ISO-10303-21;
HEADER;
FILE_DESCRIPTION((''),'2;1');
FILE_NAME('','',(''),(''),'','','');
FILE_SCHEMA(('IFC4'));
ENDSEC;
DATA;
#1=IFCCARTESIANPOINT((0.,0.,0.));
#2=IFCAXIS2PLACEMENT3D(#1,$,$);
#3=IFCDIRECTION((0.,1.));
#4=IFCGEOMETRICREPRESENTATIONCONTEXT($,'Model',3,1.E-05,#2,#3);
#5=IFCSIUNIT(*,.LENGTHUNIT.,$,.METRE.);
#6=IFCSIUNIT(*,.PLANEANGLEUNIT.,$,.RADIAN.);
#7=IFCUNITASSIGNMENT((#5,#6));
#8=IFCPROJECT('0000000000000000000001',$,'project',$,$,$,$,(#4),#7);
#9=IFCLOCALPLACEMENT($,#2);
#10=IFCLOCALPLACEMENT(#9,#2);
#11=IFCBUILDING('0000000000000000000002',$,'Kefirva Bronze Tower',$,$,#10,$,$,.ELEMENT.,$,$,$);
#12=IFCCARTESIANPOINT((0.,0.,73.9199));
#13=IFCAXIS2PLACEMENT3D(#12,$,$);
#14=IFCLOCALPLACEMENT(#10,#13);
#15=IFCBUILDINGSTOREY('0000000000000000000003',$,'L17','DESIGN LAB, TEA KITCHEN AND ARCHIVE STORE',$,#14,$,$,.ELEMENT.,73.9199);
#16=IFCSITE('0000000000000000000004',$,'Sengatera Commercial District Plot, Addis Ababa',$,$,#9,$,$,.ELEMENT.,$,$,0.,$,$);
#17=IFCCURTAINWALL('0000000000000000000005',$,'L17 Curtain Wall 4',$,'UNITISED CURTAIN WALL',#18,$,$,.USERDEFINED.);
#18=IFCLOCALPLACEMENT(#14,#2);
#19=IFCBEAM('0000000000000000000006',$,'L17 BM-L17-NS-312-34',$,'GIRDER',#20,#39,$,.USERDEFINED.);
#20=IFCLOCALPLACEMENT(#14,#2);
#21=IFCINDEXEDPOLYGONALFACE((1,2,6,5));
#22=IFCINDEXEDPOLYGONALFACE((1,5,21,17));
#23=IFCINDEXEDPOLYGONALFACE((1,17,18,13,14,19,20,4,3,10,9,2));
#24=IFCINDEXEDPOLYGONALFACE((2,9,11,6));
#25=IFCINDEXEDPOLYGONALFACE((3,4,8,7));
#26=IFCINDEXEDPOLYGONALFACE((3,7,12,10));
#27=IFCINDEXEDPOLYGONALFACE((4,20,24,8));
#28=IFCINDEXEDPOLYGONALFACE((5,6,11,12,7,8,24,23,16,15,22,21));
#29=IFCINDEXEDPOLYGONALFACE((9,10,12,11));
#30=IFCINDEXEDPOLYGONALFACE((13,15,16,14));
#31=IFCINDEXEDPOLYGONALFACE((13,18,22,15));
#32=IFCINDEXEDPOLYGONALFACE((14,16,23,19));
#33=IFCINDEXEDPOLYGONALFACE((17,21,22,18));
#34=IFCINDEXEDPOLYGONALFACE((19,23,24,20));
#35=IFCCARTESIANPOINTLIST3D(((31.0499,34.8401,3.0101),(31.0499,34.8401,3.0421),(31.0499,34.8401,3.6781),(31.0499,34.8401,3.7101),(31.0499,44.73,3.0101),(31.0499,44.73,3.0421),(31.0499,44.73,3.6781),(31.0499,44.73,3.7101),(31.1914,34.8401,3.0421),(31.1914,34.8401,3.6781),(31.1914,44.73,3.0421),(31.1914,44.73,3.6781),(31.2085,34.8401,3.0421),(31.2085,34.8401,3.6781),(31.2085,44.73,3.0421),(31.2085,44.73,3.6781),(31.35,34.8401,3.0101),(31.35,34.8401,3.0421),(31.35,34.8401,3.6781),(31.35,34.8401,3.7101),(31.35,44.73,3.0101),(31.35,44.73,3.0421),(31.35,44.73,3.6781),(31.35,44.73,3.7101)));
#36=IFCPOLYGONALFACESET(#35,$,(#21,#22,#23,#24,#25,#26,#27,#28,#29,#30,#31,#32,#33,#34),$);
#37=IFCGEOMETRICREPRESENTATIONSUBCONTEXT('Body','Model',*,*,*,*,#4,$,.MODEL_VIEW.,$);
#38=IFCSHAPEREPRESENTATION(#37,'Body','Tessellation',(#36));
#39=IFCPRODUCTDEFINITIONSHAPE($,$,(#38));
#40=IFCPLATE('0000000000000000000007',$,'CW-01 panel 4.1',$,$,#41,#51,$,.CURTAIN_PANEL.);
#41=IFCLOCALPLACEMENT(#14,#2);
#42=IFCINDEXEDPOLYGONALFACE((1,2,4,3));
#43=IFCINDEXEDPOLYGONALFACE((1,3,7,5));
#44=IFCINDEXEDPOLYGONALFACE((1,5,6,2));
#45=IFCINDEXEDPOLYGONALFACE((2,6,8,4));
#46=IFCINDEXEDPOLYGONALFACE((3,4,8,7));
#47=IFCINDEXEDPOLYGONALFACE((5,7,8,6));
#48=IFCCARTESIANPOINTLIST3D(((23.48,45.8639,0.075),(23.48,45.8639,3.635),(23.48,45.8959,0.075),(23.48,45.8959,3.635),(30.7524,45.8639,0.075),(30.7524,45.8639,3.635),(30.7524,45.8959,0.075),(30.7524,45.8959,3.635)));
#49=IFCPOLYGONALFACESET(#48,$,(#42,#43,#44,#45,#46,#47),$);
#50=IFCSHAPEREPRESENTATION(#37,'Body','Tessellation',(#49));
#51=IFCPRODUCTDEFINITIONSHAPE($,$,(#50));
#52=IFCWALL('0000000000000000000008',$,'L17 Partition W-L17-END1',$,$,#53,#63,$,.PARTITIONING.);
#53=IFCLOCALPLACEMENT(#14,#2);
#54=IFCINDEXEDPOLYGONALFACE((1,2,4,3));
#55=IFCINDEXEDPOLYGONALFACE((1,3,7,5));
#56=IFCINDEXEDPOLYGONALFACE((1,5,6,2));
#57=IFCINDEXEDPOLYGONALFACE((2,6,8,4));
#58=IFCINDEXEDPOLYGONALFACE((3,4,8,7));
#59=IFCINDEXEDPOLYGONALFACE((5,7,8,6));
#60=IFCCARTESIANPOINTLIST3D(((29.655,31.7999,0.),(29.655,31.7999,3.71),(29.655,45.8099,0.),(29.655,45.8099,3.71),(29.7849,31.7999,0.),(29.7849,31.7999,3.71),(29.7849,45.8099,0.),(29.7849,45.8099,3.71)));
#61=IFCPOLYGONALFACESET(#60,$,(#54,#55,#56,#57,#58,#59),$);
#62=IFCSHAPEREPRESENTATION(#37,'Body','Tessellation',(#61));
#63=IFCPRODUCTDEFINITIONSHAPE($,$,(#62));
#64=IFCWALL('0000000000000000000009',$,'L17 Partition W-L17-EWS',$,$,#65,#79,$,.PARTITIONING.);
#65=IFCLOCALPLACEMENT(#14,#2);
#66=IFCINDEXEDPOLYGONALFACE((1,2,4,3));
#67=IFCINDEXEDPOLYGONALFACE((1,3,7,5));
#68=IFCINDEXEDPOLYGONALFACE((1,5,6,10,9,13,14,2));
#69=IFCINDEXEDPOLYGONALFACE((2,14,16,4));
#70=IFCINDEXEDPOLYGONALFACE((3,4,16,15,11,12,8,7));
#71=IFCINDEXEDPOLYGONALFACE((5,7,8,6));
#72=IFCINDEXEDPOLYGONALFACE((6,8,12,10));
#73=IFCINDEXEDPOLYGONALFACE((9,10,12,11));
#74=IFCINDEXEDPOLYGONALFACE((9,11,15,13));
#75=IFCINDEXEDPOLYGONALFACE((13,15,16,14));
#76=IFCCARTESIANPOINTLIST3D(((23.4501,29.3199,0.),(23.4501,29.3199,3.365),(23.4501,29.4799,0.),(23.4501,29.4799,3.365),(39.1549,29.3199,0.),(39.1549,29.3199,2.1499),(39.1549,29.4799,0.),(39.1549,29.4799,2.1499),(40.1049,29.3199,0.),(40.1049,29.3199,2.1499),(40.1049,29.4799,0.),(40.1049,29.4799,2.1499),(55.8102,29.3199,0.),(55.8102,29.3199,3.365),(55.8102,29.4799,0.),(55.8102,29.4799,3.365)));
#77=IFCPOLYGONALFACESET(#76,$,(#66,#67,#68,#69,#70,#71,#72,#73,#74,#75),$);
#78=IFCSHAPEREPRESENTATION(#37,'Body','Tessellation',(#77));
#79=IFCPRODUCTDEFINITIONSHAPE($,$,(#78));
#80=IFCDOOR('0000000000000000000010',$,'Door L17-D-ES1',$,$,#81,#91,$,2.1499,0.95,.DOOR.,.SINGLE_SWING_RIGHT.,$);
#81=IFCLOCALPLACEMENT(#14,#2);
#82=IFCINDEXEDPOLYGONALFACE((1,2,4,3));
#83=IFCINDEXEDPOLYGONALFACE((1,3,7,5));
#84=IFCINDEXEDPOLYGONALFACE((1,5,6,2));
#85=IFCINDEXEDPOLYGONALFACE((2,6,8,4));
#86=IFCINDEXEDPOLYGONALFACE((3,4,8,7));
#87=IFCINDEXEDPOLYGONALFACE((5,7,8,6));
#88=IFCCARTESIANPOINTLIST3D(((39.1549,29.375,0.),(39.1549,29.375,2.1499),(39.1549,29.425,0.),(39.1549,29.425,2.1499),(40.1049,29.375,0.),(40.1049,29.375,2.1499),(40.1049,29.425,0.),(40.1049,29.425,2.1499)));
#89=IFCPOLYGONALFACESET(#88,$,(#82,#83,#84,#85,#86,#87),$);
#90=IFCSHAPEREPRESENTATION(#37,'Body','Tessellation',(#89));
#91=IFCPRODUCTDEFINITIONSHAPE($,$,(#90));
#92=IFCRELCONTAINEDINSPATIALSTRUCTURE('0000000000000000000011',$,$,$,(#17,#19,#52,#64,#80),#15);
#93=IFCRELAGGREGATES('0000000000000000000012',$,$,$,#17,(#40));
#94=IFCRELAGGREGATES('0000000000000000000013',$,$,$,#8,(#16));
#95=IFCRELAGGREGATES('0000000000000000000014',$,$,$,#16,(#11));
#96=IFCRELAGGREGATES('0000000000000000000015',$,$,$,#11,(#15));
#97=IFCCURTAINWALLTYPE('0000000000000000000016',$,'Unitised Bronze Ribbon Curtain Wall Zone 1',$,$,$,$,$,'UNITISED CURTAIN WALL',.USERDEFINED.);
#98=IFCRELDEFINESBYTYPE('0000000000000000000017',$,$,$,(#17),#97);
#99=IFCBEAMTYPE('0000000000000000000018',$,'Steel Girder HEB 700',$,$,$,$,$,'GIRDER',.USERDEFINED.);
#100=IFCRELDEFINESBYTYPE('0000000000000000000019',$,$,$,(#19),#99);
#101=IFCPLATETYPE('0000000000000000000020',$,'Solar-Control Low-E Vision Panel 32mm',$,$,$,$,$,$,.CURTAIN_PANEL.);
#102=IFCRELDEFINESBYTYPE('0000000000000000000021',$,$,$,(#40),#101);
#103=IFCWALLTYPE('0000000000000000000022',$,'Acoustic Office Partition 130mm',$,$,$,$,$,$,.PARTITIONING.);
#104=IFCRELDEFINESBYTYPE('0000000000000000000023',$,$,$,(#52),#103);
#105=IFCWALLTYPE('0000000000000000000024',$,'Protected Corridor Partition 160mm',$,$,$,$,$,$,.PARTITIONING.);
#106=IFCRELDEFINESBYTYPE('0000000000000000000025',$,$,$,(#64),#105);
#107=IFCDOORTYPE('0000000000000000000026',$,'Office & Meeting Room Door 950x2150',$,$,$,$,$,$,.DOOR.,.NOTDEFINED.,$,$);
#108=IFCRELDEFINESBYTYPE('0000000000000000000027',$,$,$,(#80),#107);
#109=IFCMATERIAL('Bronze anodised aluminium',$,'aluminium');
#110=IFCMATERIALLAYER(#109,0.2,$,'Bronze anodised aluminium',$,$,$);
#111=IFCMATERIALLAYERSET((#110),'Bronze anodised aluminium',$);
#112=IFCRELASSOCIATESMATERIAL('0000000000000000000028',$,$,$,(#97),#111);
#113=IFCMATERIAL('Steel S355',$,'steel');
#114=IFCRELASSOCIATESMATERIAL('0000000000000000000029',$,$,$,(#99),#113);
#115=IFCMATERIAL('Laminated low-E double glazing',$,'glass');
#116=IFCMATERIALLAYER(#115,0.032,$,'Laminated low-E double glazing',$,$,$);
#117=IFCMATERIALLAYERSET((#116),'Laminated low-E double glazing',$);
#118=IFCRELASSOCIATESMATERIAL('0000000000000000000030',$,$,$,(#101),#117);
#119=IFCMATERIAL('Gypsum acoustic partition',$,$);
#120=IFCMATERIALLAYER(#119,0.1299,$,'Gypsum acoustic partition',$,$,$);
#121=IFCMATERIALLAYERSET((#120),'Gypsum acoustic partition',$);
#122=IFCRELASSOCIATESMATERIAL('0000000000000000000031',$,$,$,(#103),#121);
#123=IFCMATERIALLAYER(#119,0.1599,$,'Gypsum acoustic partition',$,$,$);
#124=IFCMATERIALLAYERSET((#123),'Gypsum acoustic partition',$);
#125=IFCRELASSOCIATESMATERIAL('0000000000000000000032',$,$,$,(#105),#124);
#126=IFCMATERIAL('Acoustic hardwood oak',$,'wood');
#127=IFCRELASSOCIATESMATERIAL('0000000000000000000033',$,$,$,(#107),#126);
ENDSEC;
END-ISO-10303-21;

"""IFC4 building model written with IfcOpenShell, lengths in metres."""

from ifc_helpers import new_model, si_unit, direction, frame, frame_2d, origin, origin_2d, place, context, subcontext, project, spatial, rectangle, i_section, extrude, material, layer, layer_set, material_profile, profile_set, type_object, element, fill, aggregate, save


model = new_model("IFC4")

# Units and contexts
model_context = context("Model", 3, precision=1e-05, world=origin(), true_north=direction((0.0, 1.0)))
body_context = subcontext(model_context, "Body", "Model", "MODEL_VIEW")
ifc_project = project(units=[si_unit("LENGTHUNIT", "METRE"), si_unit("PLANEANGLEUNIT", "RADIAN")], contexts=[model_context])

# Site, building, storey
site_placement = place(None, origin())
site = spatial("IfcSite", under=ifc_project, at=site_placement, Name="Sengatera Commercial District Plot, Addis Ababa", CompositionType="ELEMENT", RefElevation=0.0)
building_placement = place(site_placement, origin())
building = spatial("IfcBuilding", under=site, at=building_placement, Name="Kefirva Bronze Tower", CompositionType="ELEMENT")
storey_placement = place(building_placement, frame((0.0, 0.0, 73.9199)))
storey = spatial("IfcBuildingStorey", under=building, at=storey_placement, Name="L17", Description="DESIGN LAB, TEA KITCHEN AND ARCHIVE STORE", CompositionType="ELEMENT", Elevation=73.9199)

# Curtain wall
ifc_material_1 = material(Name="Bronze anodised aluminium", Category="aluminium")
ifc_layer_1 = layer(ifc_material_1, 0.2, Name="Bronze anodised aluminium")
ifc_layer_set_1 = layer_set([ifc_layer_1], Name="Bronze anodised aluminium")
curtain_wall_type = type_object("IfcCurtainWallType", Name="Unitised Bronze Ribbon Curtain Wall Zone 1", ElementType="UNITISED CURTAIN WALL", PredefinedType="USERDEFINED", material=ifc_layer_set_1)
curtain_wall_placement = place(storey_placement, origin())
curtain_wall = element("IfcCurtainWall", 1, at=curtain_wall_placement, inside=storey, type_object=curtain_wall_type, Name="L17 Curtain Wall 4", ObjectType="UNITISED CURTAIN WALL", PredefinedType="USERDEFINED")

# Beam
ifc_material_2 = material(Name="Steel S355", Category="steel")
ifc_material_profile_1 = material_profile(ifc_material_2, i_section(OverallWidth=0.3, OverallDepth=0.7, WebThickness=0.0171, FlangeThickness=0.032, at=origin_2d()), Name="HEB 700")
ifc_profile_set_1 = profile_set([ifc_material_profile_1], Name="Steel S355")
beam_type_1 = type_object("IfcBeamType", Name="Steel Girder HEB 700", ElementType="GIRDER", PredefinedType="USERDEFINED", material=ifc_profile_set_1)
beam_1_placement = place(storey_placement, frame((31.2, 34.8401, 3.3601), z_axis=(0.0, 1.0, 0.0), x_axis=(-1.0, 0.0, 0.0)))
element("IfcBeam", 2, at=beam_1_placement, inside=storey, type_object=beam_type_1, Name="L17 BM-L17-NS-312-34", ObjectType="GIRDER", PredefinedType="USERDEFINED", context=body_context, shape_type="SweptSolid", body=[
    extrude(i_section(OverallWidth=0.3, OverallDepth=0.7, WebThickness=0.0171, FlangeThickness=0.032, at=origin_2d()), origin(), (0.0, 0.0, 1.0), 9.8899),
])

# Plate
ifc_material_3 = material(Name="Laminated low-E double glazing", Category="glass")
ifc_layer_2 = layer(ifc_material_3, 0.032, Name="Laminated low-E double glazing")
ifc_layer_set_2 = layer_set([ifc_layer_2], Name="Laminated low-E double glazing")
plate_type = type_object("IfcPlateType", Name="Solar-Control Low-E Vision Panel 32mm", PredefinedType="CURTAIN_PANEL", material=ifc_layer_set_2)
plate_placement = place(storey_placement, frame((27.1162, 45.8799, 0.075), z_axis=(0.0, 0.0, 1.0), x_axis=(-1.0, 0.0, 0.0)))
plate = element("IfcPlate", 3, at=plate_placement, type_object=plate_type, Name="CW-01 panel 4.1", PredefinedType="CURTAIN_PANEL", context=body_context, shape_type="SweptSolid", body=[
    extrude(rectangle(XDim=7.2725, YDim=0.032, at=origin_2d()), origin(), (0.0, 0.0, 1.0), 3.5601),
])
aggregate(curtain_wall, [plate])

# Wall
ifc_material_4 = material(Name="Gypsum acoustic partition")
ifc_layer_3 = layer(ifc_material_4, 0.1299, Name="Gypsum acoustic partition")
ifc_layer_set_3 = layer_set([ifc_layer_3], Name="Gypsum acoustic partition")
wall_type_1 = type_object("IfcWallType", Name="Acoustic Office Partition 130mm", PredefinedType="PARTITIONING", material=ifc_layer_set_3)
wall_1_placement = place(storey_placement, frame((29.72, 31.8, 0.0), z_axis=(0.0, 0.0, 1.0), x_axis=(0.0, 1.0, 0.0)))
element("IfcWall", 4, at=wall_1_placement, inside=storey, type_object=wall_type_1, Name="L17 Partition W-L17-END1", PredefinedType="PARTITIONING", context=body_context, shape_type="SweptSolid", body=[
    extrude(rectangle(XDim=14.01, YDim=0.1299, at=frame_2d((7.0049, 0.0))), origin(), (0.0, 0.0, 1.0), 3.71),
])

# Wall, opening, door
ifc_layer_4 = layer(ifc_material_4, 0.1599, Name="Gypsum acoustic partition")
ifc_layer_set_4 = layer_set([ifc_layer_4], Name="Gypsum acoustic partition")
wall_type_2 = type_object("IfcWallType", Name="Protected Corridor Partition 160mm", PredefinedType="PARTITIONING", material=ifc_layer_set_4)
wall_2_placement = place(storey_placement, frame((23.45, 29.3999, 0.0), z_axis=(0.0, 0.0, 1.0), x_axis=(1.0, 0.0, 0.0)))
wall_2 = element("IfcWall", 5, at=wall_2_placement, inside=storey, type_object=wall_type_2, Name="L17 Partition W-L17-EWS", PredefinedType="PARTITIONING", context=body_context, shape_type="SweptSolid", body=[
    extrude(rectangle(XDim=32.3601, YDim=0.1599, at=frame_2d((16.1802, 0.0))), origin(), (0.0, 0.0, 1.0), 3.365),
])
opening_1_placement = place(wall_2_placement, frame((16.655, 0.0, 0.0), z_axis=(0.0, 0.0, 1.0), x_axis=(-1.0, 0.0, 0.0)))
opening_1 = element("IfcOpeningElement", 6, at=opening_1_placement, cuts=wall_2, PredefinedType="OPENING", context=body_context, shape_type="SweptSolid", body=[
    extrude(rectangle(XDim=0.95, YDim=2.1499, at=frame_2d((0.4751, 1.075))), frame((0.0, 0.0898, 0.0), z_axis=(0.0, -1.0, 0.0), x_axis=(1.0, 0.0, 0.0)), (0.0, 0.0, 1.0), 0.1799),
])
ifc_material_5 = material(Name="Acoustic hardwood oak", Category="wood")
door_type = type_object("IfcDoorType", Name="Office & Meeting Room Door 950x2150", OperationType="NOTDEFINED", PredefinedType="DOOR", material=ifc_material_5)
door_1_placement = place(opening_1_placement, origin())
door_1 = element("IfcDoor", 7, at=door_1_placement, inside=storey, type_object=door_type, Name="Door L17-D-ES1", OperationType="SINGLE_SWING_RIGHT", OverallHeight=2.1499, OverallWidth=0.95, PredefinedType="DOOR", context=body_context, shape_type="SweptSolid", body=[
    extrude(rectangle(XDim=0.95, YDim=2.1499, at=frame_2d((0.4751, 1.075))), frame((0.0, 0.0249, 0.0), z_axis=(0.0, -1.0, 0.0), x_axis=(1.0, 0.0, 0.0)), (0.0, 0.0, 1.0), 0.05),
])
fill(opening_1, door_1)

save(model, "model.ifc")
